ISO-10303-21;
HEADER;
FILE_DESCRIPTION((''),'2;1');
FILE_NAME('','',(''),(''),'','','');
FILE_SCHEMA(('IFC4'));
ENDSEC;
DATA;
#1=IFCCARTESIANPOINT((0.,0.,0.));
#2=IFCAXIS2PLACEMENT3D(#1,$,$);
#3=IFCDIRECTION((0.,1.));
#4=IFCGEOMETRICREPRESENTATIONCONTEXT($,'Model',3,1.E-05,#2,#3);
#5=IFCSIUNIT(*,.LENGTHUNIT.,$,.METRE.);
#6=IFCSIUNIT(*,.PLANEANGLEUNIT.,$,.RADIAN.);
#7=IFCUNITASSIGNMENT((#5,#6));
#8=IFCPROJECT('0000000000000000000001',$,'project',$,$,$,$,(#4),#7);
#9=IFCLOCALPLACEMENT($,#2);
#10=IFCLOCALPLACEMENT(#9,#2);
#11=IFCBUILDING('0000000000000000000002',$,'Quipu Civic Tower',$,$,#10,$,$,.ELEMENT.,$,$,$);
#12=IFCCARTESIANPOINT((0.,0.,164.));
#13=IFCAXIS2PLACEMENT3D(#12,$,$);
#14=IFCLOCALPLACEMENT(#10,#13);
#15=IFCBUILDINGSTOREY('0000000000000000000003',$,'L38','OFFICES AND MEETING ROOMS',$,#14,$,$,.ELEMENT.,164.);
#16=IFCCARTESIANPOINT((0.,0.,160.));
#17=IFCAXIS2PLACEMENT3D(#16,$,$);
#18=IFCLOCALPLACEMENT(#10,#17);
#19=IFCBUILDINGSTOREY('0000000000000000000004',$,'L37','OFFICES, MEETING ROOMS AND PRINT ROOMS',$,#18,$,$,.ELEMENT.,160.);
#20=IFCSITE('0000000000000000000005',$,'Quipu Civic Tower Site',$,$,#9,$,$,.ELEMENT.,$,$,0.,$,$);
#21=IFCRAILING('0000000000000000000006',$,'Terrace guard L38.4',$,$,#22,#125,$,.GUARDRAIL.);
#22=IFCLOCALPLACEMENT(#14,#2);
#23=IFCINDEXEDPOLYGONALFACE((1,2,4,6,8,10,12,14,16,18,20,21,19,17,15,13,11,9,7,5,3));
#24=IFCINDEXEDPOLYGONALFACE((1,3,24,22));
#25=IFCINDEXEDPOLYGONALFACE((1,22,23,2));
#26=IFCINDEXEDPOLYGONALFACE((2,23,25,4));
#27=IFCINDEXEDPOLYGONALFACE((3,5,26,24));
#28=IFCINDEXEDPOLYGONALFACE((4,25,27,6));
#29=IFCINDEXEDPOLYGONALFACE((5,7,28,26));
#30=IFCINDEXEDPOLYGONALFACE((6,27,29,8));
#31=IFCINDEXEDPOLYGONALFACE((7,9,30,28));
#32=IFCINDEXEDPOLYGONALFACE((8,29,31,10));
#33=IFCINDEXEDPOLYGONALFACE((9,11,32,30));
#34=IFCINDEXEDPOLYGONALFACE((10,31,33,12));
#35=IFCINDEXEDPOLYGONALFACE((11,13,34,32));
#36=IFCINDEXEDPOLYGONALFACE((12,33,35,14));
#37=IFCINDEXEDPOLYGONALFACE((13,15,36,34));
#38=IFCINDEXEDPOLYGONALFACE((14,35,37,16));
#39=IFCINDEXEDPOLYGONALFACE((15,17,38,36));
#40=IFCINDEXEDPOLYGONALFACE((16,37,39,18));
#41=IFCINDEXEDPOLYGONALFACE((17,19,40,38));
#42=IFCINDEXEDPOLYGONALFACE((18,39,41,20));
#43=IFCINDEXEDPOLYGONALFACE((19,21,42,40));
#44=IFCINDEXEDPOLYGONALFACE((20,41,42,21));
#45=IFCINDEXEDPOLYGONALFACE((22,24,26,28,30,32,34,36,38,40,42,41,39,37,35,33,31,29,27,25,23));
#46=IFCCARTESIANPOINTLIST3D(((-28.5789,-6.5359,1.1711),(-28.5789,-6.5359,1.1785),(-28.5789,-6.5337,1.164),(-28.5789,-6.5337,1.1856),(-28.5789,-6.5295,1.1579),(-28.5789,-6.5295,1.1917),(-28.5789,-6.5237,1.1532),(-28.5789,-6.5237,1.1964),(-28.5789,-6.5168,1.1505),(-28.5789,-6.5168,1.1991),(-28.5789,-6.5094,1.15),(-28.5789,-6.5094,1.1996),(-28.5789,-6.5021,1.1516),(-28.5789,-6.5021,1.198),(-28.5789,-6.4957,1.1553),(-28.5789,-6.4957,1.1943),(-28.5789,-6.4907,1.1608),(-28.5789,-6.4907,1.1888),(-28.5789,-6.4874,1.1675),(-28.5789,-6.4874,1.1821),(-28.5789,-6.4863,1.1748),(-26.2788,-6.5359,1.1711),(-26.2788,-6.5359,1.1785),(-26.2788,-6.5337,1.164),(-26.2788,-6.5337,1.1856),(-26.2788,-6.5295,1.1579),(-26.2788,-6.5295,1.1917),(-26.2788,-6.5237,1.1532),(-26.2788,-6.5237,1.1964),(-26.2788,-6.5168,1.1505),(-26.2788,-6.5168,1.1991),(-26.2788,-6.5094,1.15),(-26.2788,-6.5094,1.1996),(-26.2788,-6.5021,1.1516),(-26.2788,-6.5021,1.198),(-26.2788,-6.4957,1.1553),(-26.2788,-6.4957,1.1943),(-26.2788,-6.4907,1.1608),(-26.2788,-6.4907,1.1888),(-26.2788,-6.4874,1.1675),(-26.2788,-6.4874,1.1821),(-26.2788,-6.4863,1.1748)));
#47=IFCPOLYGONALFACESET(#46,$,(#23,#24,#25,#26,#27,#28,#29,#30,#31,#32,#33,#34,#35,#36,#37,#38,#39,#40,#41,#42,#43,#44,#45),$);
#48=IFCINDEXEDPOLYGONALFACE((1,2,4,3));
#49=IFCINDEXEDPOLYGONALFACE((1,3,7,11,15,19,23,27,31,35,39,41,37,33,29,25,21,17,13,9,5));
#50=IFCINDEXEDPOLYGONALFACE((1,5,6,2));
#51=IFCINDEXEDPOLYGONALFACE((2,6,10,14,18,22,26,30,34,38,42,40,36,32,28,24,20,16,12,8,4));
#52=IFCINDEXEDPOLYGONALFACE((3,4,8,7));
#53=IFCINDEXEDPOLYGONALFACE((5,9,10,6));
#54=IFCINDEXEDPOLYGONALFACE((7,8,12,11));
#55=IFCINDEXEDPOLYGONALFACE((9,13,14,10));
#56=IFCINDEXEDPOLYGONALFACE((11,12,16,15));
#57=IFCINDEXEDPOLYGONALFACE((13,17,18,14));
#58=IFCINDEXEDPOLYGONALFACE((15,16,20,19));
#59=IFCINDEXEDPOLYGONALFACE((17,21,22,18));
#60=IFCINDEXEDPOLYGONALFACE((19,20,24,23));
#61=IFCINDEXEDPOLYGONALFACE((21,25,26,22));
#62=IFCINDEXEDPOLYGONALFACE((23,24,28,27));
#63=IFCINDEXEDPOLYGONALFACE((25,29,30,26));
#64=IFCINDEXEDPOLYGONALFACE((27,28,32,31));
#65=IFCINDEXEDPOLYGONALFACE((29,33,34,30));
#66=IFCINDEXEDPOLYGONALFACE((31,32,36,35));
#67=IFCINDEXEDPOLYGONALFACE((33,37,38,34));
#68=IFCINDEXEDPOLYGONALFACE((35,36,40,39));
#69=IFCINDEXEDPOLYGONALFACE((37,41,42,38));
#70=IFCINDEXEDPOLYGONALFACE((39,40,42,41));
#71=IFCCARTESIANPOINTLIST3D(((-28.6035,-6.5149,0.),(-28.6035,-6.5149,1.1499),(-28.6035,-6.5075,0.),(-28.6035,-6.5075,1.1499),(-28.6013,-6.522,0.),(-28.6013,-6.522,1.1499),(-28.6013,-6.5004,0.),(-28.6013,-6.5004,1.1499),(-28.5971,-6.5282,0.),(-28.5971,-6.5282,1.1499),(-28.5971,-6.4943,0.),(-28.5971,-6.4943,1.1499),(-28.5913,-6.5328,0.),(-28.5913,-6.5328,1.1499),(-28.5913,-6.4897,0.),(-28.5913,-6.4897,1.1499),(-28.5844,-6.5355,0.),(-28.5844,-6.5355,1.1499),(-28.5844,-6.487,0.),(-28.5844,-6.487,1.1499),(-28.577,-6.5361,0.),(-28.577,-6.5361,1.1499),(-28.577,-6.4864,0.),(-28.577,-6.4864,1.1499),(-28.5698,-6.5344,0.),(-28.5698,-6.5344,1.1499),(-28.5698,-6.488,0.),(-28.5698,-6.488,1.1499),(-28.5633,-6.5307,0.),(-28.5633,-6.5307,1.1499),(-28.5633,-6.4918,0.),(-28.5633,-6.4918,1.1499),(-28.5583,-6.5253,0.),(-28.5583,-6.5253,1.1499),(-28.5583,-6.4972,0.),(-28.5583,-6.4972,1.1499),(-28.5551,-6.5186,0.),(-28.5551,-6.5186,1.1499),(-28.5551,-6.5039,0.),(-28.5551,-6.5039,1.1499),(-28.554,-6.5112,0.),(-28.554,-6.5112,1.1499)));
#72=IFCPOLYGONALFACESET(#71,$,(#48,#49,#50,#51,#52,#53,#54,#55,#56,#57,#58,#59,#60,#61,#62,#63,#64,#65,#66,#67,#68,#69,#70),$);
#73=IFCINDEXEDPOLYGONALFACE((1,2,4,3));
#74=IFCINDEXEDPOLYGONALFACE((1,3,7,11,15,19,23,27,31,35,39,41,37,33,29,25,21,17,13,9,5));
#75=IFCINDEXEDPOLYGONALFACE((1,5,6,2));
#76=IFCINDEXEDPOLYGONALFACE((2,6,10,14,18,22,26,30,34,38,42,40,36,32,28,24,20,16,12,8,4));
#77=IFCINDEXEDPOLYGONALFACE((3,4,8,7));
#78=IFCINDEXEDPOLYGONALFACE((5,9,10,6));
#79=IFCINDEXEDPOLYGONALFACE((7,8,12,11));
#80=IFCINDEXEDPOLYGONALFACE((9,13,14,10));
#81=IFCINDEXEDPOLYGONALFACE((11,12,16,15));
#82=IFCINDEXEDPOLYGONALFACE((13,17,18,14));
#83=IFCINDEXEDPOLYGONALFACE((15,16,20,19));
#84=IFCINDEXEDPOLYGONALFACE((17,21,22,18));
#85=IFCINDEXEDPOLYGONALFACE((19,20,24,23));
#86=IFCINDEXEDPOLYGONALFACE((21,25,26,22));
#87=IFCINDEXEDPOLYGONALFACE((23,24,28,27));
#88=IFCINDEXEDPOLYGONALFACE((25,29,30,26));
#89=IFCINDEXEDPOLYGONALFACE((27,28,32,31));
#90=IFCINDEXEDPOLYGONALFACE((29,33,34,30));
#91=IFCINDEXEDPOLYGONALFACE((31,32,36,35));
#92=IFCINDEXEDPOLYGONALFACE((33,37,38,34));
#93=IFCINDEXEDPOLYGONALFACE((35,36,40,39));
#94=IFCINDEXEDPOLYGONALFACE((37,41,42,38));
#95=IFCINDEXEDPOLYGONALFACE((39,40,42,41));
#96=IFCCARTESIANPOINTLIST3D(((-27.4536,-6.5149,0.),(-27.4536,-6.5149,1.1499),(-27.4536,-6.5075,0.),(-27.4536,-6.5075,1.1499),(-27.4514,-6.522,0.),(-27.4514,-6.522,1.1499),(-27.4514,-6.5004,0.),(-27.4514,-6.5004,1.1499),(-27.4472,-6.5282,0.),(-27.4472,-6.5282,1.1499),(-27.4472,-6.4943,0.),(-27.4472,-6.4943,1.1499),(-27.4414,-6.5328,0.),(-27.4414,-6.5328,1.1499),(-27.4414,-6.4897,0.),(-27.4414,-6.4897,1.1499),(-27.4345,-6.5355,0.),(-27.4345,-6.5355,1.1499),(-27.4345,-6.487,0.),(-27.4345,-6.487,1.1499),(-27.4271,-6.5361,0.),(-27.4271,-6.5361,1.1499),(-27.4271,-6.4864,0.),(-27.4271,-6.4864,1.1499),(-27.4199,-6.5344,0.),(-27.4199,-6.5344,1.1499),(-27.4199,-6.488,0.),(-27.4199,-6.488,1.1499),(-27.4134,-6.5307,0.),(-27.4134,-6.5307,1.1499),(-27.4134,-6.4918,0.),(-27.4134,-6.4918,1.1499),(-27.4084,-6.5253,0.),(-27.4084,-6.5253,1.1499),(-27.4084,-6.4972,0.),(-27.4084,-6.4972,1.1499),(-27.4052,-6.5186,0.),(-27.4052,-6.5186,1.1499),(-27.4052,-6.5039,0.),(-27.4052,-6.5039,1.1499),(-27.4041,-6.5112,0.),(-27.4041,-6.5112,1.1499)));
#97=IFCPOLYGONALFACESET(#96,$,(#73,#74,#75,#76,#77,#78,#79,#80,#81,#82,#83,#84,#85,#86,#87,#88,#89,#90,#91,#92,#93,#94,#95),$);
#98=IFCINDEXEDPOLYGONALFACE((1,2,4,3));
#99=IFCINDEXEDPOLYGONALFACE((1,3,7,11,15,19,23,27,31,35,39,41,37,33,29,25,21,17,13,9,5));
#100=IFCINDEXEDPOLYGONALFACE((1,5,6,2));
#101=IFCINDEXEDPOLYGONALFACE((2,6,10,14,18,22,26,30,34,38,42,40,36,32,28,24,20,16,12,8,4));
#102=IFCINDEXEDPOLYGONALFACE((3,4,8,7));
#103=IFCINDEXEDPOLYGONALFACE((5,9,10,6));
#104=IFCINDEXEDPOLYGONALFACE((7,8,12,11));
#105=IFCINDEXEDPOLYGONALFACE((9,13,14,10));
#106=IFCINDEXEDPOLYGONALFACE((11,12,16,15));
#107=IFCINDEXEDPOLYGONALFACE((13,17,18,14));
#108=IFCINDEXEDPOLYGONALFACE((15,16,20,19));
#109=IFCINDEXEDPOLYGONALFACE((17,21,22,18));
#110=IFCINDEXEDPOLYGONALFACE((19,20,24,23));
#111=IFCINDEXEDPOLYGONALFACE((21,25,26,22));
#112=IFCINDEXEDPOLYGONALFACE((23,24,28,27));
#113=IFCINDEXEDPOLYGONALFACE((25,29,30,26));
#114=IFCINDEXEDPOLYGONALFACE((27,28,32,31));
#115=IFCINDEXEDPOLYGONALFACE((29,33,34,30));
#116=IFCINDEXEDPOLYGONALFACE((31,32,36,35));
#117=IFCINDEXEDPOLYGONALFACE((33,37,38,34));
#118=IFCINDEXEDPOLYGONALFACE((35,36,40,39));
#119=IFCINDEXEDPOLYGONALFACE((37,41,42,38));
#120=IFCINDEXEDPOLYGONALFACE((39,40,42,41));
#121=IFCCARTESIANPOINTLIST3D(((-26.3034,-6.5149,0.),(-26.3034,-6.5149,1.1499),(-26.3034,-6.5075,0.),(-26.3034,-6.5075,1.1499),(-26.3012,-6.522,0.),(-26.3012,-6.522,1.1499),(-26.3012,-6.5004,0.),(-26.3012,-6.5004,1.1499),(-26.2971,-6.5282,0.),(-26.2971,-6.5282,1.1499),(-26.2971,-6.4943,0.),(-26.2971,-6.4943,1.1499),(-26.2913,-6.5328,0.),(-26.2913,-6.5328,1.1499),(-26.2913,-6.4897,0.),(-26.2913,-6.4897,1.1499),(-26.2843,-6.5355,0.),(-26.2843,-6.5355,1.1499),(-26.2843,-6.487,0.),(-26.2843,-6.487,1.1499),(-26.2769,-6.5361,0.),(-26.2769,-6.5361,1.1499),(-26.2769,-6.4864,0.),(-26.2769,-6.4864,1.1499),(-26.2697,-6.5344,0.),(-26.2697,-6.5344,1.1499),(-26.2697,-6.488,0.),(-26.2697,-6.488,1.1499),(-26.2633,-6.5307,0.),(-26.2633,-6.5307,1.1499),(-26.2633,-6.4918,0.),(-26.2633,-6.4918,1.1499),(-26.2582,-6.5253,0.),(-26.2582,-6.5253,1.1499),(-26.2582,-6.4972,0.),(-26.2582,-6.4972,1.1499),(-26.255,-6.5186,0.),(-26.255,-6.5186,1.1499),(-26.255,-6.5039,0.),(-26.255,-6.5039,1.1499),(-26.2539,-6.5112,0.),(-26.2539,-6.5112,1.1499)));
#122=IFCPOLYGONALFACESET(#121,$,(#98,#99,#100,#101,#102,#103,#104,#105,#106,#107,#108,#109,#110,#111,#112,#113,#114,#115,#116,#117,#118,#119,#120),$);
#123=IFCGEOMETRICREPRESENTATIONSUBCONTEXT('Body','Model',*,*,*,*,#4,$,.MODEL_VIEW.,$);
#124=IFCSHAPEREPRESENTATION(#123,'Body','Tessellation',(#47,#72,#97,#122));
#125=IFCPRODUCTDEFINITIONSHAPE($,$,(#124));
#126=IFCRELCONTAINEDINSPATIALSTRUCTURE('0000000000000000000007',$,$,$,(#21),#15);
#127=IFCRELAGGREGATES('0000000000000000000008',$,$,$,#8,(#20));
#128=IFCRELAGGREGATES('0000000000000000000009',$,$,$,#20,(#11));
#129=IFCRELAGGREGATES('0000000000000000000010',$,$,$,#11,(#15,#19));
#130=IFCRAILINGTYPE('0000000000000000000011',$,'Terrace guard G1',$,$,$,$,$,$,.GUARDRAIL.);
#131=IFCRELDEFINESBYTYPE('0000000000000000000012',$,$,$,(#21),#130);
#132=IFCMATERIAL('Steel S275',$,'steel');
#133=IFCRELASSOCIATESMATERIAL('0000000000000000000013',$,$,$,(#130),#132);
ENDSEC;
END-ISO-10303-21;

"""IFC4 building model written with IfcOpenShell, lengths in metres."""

from ifc_helpers import new_model, si_unit, direction, frame, origin, origin_2d, place, context, subcontext, project, spatial, circle, extrude, material, type_object, element, save


model = new_model("IFC4")

# Units and contexts
model_context = context("Model", 3, precision=1e-05, world=origin(), true_north=direction((0.0, 1.0)))
body_context = subcontext(model_context, "Body", "Model", "MODEL_VIEW")
ifc_project = project(units=[si_unit("LENGTHUNIT", "METRE"), si_unit("PLANEANGLEUNIT", "RADIAN")], contexts=[model_context])

# Site, building, storey
site_placement = place(None, origin())
site = spatial("IfcSite", under=ifc_project, at=site_placement, Name="Quipu Civic Tower Site", CompositionType="ELEMENT", RefElevation=0.0)
building_placement = place(site_placement, origin())
building = spatial("IfcBuilding", under=site, at=building_placement, Name="Quipu Civic Tower", CompositionType="ELEMENT")
storey_1_placement = place(building_placement, frame((0.0, 0.0, 164.0)))
storey_1 = spatial("IfcBuildingStorey", under=building, at=storey_1_placement, Name="L38", Description="OFFICES AND MEETING ROOMS", CompositionType="ELEMENT", Elevation=164.0)

# Shared definitions
storey_2_placement = place(building_placement, frame((0.0, 0.0, 160.0)))
storey_2 = spatial("IfcBuildingStorey", under=building, at=storey_2_placement, Name="L37", Description="OFFICES, MEETING ROOMS AND PRINT ROOMS", CompositionType="ELEMENT", Elevation=160.0)

# Railing
ifc_material_1 = material(Name="Steel S275", Category="steel")
railing_type = type_object("IfcRailingType", Name="Terrace guard G1", PredefinedType="GUARDRAIL", material=ifc_material_1)
railing_1_placement = place(storey_1_placement, frame((-28.5789, -6.5112, 0.0)))
element("IfcRailing", 1, at=railing_1_placement, inside=storey_1, type_object=railing_type, Name="Terrace guard L38.4", PredefinedType="GUARDRAIL", context=body_context, shape_type="SweptSolid", body=[
    extrude(circle(Radius=0.0249, at=origin_2d()), frame((0.0, 0.0, 1.1748), z_axis=(1.0, 0.0, 0.0), x_axis=(0.0, 1.0, 0.0)), (0.0, 0.0, 1.0), 2.3),
    extrude(circle(Radius=0.0249, at=origin_2d()), origin(), (0.0, 0.0, 1.0), 1.1499),
    extrude(circle(Radius=0.0249, at=origin_2d()), frame((1.1499, 0.0, 0.0)), (0.0, 0.0, 1.0), 1.1499),
    extrude(circle(Radius=0.0249, at=origin_2d()), frame((2.3, 0.0, 0.0)), (0.0, 0.0, 1.0), 1.1499),
])

save(model, "model.ifc")
